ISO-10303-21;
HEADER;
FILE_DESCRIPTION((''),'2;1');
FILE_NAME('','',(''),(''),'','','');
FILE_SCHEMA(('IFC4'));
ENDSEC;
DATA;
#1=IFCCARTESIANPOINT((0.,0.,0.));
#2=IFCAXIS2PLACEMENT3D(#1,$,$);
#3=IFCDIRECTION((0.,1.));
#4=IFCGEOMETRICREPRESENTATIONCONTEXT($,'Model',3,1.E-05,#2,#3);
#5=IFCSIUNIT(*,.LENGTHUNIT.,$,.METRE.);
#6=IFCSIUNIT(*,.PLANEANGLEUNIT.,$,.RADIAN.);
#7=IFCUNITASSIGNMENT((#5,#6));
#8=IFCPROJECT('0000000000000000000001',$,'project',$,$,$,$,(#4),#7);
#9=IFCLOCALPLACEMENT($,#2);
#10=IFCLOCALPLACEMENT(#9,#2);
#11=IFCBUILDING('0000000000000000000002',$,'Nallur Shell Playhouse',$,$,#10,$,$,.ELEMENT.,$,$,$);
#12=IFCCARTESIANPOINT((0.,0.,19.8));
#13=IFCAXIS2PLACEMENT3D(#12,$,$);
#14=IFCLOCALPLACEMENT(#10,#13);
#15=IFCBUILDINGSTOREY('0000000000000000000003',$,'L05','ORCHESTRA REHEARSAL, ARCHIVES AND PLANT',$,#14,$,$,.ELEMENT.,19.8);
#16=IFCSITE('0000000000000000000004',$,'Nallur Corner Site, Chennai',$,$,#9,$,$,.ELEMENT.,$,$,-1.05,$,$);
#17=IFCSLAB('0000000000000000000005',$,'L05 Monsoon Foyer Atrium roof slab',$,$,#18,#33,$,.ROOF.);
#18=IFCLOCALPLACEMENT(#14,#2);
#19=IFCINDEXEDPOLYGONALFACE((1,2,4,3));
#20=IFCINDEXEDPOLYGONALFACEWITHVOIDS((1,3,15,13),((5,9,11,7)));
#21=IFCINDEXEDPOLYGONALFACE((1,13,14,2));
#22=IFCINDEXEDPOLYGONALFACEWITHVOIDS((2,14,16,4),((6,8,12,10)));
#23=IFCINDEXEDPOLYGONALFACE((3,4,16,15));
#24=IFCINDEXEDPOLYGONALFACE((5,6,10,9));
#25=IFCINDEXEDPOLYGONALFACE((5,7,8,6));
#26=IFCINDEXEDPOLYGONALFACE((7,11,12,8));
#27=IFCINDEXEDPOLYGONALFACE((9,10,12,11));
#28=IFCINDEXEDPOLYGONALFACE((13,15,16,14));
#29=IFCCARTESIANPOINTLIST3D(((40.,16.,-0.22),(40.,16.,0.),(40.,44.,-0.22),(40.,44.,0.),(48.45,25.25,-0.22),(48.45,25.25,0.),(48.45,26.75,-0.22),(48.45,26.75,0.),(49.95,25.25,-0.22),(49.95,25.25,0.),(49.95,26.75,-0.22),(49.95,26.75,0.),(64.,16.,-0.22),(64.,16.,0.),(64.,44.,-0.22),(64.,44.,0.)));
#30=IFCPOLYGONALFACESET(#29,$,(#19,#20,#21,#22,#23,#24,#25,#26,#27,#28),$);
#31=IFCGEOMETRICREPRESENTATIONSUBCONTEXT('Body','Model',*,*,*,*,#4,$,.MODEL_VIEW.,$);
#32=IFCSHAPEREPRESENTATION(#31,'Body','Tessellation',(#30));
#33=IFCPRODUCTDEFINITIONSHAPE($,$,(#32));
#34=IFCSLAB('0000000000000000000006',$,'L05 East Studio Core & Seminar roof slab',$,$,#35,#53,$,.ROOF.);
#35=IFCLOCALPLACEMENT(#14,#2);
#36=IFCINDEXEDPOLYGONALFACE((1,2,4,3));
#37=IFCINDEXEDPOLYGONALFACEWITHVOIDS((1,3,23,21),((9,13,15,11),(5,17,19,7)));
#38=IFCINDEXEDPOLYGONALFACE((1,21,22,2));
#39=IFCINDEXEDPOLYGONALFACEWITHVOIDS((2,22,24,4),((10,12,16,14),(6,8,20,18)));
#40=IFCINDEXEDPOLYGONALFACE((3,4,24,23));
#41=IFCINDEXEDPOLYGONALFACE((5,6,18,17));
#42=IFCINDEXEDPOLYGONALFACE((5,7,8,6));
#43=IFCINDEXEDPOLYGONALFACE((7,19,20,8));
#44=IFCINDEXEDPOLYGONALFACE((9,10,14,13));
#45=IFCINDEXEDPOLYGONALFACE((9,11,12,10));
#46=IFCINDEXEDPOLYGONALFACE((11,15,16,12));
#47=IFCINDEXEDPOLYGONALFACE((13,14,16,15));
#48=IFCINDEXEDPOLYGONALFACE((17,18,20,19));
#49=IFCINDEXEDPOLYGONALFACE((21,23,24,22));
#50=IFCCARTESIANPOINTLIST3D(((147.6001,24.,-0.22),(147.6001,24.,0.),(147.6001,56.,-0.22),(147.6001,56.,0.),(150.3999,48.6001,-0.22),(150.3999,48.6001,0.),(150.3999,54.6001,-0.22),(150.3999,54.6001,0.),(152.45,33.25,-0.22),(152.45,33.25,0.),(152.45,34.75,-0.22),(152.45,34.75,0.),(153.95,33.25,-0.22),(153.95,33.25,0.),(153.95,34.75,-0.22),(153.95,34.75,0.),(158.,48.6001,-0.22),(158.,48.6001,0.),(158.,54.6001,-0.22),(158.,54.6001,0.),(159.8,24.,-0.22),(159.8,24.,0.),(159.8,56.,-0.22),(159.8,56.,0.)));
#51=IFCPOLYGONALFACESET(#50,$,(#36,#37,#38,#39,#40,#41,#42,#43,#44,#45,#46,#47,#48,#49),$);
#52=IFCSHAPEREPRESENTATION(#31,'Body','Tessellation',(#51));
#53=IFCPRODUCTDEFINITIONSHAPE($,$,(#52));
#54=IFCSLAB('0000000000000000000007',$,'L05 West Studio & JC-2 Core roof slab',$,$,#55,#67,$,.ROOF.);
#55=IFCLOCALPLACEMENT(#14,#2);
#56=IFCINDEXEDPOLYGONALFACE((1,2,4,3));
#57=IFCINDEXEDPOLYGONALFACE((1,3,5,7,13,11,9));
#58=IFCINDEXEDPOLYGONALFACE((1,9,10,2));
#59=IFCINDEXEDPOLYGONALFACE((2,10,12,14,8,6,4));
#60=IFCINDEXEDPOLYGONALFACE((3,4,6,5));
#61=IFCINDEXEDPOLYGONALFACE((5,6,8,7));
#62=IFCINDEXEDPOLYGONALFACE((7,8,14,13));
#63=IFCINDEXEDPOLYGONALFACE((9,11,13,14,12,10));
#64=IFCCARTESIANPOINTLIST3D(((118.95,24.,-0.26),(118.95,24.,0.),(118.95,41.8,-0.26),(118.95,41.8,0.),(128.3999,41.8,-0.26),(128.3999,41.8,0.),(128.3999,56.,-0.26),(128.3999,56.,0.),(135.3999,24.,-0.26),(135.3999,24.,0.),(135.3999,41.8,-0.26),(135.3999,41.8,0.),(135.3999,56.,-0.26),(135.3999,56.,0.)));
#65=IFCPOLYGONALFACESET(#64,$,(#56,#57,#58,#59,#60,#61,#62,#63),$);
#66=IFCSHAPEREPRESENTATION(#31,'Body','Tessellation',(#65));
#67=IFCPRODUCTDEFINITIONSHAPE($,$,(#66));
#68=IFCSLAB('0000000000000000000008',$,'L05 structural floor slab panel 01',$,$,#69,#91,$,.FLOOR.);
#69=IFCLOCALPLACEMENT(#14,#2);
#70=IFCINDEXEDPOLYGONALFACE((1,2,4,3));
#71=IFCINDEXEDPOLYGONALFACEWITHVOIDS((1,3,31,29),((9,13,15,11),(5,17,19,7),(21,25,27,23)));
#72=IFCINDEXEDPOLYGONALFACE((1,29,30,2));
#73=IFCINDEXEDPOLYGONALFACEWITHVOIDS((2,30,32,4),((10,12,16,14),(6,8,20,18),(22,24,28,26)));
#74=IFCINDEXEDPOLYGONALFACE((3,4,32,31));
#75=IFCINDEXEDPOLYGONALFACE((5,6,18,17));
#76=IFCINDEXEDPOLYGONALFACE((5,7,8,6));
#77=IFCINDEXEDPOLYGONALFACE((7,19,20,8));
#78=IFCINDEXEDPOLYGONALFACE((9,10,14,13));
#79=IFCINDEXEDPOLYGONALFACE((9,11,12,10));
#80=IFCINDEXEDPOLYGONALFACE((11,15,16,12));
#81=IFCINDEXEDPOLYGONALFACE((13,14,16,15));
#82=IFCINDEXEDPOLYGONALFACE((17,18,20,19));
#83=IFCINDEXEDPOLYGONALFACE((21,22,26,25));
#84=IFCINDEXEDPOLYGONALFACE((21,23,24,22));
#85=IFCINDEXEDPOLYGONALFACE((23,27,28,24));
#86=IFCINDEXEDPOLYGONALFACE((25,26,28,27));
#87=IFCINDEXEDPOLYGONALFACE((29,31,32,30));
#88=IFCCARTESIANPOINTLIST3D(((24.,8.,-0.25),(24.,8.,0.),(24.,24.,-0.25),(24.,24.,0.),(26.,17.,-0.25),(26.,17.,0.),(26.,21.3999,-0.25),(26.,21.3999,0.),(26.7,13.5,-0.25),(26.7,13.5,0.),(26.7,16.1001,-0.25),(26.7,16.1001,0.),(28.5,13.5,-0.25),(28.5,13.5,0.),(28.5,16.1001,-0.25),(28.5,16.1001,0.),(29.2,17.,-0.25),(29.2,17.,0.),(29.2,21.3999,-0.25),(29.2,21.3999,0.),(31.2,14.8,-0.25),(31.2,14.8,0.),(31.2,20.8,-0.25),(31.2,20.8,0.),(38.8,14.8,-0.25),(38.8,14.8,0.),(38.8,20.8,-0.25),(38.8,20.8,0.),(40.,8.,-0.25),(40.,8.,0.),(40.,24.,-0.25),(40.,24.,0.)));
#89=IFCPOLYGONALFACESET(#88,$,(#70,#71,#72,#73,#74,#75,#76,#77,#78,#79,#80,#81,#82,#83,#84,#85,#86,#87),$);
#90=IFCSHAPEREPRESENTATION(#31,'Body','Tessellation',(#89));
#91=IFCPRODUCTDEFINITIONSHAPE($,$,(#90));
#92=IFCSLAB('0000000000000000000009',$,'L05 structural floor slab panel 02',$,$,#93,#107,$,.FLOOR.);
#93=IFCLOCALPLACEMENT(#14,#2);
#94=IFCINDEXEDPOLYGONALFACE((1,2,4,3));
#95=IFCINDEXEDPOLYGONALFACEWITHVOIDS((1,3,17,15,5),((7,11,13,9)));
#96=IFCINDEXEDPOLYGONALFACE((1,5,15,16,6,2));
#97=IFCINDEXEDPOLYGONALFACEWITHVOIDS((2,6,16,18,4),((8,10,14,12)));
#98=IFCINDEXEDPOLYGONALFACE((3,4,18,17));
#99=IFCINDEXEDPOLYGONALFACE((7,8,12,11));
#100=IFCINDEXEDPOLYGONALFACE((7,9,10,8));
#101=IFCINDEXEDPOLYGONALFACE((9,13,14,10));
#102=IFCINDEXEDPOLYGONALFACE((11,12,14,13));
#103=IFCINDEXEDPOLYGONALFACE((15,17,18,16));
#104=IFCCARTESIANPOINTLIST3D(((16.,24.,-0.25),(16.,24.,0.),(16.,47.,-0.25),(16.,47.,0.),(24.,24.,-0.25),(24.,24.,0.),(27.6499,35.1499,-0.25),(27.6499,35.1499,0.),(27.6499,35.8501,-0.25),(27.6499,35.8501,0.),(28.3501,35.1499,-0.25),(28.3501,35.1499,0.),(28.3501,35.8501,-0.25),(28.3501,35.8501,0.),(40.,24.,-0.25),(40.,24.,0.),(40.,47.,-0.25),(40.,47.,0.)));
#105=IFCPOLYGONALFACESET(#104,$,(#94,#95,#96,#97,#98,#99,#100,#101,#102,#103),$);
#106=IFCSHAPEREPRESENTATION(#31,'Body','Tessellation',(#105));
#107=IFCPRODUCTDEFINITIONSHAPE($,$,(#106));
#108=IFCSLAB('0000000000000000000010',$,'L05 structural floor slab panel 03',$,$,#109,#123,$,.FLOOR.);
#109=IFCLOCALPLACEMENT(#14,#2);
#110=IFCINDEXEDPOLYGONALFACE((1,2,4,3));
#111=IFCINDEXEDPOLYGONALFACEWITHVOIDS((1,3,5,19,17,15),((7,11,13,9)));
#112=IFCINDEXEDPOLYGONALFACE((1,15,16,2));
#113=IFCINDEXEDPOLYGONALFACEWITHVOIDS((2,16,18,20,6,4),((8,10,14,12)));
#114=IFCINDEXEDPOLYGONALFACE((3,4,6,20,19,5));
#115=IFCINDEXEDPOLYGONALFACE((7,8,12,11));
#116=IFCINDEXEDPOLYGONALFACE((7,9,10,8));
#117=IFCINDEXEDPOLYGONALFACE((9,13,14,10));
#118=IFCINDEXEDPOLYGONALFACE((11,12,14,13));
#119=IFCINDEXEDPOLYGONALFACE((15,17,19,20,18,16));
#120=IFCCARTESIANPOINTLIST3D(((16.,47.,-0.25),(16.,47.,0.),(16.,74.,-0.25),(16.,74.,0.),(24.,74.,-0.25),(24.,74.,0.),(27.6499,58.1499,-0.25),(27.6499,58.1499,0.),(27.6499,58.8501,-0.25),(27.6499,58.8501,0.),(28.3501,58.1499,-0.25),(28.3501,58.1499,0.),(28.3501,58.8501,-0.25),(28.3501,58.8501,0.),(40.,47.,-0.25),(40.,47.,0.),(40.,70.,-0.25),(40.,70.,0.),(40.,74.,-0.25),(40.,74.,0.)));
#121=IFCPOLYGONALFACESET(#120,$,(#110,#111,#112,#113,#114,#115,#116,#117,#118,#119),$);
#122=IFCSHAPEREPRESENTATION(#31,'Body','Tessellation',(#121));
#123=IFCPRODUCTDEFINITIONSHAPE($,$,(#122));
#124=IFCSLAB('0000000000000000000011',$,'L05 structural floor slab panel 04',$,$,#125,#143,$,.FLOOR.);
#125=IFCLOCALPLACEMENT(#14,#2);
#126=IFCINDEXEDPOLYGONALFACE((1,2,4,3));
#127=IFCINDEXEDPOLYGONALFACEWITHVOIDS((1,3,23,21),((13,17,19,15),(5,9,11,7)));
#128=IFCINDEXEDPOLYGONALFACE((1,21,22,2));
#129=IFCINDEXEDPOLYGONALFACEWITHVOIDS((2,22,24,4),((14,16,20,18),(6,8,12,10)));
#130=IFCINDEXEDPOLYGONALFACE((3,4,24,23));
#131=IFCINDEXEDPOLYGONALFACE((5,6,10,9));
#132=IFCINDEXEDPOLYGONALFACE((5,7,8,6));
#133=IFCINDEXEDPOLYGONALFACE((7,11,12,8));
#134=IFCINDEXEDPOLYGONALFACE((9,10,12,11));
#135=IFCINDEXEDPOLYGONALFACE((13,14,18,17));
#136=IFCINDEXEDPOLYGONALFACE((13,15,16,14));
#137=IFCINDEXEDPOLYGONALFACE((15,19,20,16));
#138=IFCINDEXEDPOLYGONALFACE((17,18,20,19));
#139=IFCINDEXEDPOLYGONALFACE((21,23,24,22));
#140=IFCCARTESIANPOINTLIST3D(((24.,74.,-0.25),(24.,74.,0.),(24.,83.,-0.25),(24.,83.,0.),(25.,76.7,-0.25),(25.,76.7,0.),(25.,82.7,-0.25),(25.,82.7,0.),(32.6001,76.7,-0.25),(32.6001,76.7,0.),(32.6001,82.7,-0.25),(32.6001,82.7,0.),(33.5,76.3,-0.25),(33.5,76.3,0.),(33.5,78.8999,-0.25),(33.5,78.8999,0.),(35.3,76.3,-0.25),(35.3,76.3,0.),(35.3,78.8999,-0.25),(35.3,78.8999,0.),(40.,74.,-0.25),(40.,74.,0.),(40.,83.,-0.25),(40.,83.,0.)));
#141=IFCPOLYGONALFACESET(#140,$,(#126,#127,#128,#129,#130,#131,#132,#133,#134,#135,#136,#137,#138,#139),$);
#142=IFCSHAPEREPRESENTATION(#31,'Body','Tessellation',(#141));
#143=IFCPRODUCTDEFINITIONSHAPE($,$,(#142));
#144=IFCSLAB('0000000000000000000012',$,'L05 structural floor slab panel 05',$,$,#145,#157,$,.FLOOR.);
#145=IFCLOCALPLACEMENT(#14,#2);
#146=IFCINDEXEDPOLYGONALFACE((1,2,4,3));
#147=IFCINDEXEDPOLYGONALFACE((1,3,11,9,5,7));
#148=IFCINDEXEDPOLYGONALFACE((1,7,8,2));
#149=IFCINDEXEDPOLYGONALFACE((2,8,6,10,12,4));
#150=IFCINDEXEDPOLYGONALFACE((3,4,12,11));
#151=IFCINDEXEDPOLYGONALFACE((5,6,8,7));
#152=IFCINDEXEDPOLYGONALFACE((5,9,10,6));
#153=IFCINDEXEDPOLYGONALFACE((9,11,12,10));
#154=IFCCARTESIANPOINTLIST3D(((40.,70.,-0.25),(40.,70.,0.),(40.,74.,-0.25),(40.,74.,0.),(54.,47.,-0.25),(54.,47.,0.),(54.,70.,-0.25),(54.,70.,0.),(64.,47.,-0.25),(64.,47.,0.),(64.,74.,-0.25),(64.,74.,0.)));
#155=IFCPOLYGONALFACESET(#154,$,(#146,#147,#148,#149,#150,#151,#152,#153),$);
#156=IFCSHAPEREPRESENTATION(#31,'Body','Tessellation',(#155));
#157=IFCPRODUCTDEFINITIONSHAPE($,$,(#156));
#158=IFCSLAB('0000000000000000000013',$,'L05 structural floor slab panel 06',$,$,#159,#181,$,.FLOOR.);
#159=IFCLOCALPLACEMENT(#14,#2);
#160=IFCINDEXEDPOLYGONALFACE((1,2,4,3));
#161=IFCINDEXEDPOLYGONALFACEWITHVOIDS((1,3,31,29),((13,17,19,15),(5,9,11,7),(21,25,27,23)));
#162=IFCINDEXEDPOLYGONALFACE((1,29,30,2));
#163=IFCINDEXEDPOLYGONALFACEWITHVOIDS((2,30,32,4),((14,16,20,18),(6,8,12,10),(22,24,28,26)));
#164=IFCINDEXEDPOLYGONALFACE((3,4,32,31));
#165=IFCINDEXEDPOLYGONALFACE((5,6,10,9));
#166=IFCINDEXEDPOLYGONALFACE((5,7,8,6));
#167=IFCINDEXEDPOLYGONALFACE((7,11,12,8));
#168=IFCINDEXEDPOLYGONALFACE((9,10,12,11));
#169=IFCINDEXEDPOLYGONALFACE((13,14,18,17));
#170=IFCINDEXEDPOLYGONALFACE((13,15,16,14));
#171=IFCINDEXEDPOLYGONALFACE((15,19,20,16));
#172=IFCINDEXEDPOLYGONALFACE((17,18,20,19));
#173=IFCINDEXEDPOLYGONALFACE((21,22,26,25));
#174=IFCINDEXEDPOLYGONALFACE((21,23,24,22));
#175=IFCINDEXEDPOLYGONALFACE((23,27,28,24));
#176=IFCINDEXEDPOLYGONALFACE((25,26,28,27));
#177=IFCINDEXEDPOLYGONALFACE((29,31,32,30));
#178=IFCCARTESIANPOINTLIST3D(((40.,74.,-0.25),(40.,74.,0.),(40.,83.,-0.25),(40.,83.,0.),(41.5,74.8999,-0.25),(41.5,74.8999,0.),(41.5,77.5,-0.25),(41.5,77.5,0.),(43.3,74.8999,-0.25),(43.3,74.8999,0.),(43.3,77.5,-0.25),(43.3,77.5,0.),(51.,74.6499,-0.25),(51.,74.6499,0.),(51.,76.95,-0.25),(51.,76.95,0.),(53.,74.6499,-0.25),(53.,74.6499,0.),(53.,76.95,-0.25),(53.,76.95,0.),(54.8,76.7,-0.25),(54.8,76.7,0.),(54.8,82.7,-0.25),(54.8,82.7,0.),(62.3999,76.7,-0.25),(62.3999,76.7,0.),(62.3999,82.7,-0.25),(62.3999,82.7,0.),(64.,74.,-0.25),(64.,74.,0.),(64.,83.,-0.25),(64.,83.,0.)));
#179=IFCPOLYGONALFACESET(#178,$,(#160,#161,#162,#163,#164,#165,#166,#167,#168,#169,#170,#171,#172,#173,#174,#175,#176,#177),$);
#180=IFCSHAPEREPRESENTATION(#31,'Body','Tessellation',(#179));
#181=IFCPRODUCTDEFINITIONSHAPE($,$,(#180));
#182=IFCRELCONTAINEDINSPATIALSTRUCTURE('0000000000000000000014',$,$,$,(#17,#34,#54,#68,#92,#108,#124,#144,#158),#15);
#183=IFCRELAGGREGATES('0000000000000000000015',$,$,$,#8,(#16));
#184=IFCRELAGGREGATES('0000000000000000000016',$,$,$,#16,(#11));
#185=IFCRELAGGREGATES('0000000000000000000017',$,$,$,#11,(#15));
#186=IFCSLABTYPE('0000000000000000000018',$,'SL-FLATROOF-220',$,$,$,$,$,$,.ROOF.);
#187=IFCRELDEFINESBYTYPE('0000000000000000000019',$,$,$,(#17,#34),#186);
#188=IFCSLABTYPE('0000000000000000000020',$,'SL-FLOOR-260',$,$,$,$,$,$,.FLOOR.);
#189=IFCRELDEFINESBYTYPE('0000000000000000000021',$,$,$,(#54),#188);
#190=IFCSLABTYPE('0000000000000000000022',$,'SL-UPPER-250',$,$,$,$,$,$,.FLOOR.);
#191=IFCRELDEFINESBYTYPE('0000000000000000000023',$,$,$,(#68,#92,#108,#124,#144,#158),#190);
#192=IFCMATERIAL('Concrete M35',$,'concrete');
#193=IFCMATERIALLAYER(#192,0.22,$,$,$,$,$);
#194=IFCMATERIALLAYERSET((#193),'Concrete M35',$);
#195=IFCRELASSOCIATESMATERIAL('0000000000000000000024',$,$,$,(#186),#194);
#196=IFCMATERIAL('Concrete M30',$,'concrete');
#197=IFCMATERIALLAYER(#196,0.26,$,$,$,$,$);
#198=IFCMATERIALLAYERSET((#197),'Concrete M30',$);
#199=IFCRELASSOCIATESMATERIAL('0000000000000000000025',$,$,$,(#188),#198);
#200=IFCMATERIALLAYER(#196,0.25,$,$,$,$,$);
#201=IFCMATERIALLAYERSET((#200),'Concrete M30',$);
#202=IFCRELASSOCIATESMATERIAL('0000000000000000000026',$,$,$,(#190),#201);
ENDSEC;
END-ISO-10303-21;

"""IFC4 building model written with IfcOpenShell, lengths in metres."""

from ifc_helpers import new_model, si_unit, direction, frame, origin, place, context, subcontext, project, spatial, polyline, outline, extrude, material, layer, layer_set, type_object, element, save


model = new_model("IFC4")

# Units and contexts
model_context = context("Model", 3, precision=1e-05, world=origin(), true_north=direction((0.0, 1.0)))
body_context = subcontext(model_context, "Body", "Model", "MODEL_VIEW")
ifc_project = project(units=[si_unit("LENGTHUNIT", "METRE"), si_unit("PLANEANGLEUNIT", "RADIAN")], contexts=[model_context])

# Site, building, storey
site_placement = place(None, origin())
site = spatial("IfcSite", under=ifc_project, at=site_placement, Name="Nallur Corner Site, Chennai", CompositionType="ELEMENT", RefElevation=-1.05)
building_placement = place(site_placement, origin())
building = spatial("IfcBuilding", under=site, at=building_placement, Name="Nallur Shell Playhouse", CompositionType="ELEMENT")
storey_placement = place(building_placement, frame((0.0, 0.0, 19.8)))
storey = spatial("IfcBuildingStorey", under=building, at=storey_placement, Name="L05", Description="ORCHESTRA REHEARSAL, ARCHIVES AND PLANT", CompositionType="ELEMENT", Elevation=19.8)

# Slabs
ifc_material_1 = material(Name="Concrete M35", Category="concrete")
ifc_layer_1 = layer(ifc_material_1, 0.22)
ifc_layer_set_1 = layer_set([ifc_layer_1], Name="Concrete M35")
slab_type_1 = type_object("IfcSlabType", Name="SL-FLATROOF-220", PredefinedType="ROOF", material=ifc_layer_set_1)
slab_1_placement = place(storey_placement, frame((0.0, 0.0, -0.22)))
element("IfcSlab", 1, at=slab_1_placement, inside=storey, type_object=slab_type_1, Name="L05 Monsoon Foyer Atrium roof slab", PredefinedType="ROOF", context=body_context, shape_type="SweptSolid", body=[
    extrude(outline(polyline([(40.0, 16.0), (40.0, 44.0), (64.0, 44.0), (64.0, 16.0), (40.0, 16.0)]), holes=[polyline([(48.45, 26.75), (48.45, 25.25), (49.95, 25.25), (49.95, 26.75), (48.45, 26.75)])]), origin(), (0.0, 0.0, 1.0), 0.22),
])
slab_2_placement = place(storey_placement, frame((0.0, 0.0, -0.22)))
element("IfcSlab", 2, at=slab_2_placement, inside=storey, type_object=slab_type_1, Name="L05 East Studio Core & Seminar roof slab", PredefinedType="ROOF", context=body_context, shape_type="SweptSolid", body=[
    extrude(outline(polyline([(147.6001, 24.0), (147.6001, 56.0), (159.8, 56.0), (159.8, 24.0), (147.6001, 24.0)]), holes=[polyline([(152.45, 34.75), (152.45, 33.25), (153.95, 33.25), (153.95, 34.75), (152.45, 34.75)]), polyline([(158.0, 54.6001), (150.3999, 54.6001), (150.3999, 48.6001), (158.0, 48.6001), (158.0, 54.6001)])]), origin(), (0.0, 0.0, 1.0), 0.22),
])
ifc_material_2 = material(Name="Concrete M30", Category="concrete")
ifc_layer_2 = layer(ifc_material_2, 0.26)
ifc_layer_set_2 = layer_set([ifc_layer_2], Name="Concrete M30")
slab_type_2 = type_object("IfcSlabType", Name="SL-FLOOR-260", PredefinedType="FLOOR", material=ifc_layer_set_2)
slab_3_placement = place(storey_placement, frame((0.0, 0.0, -0.26)))
element("IfcSlab", 3, at=slab_3_placement, inside=storey, type_object=slab_type_2, Name="L05 West Studio & JC-2 Core roof slab", PredefinedType="ROOF", context=body_context, shape_type="SweptSolid", body=[
    extrude(outline(polyline([(135.3999, 24.0), (118.95, 24.0), (118.95, 41.8), (128.3999, 41.8), (128.3999, 56.0), (135.3999, 56.0), (135.3999, 41.8), (135.3999, 24.0)])), origin(), (0.0, 0.0, 1.0), 0.26),
])
ifc_layer_3 = layer(ifc_material_2, 0.25)
ifc_layer_set_3 = layer_set([ifc_layer_3], Name="Concrete M30")
slab_type_3 = type_object("IfcSlabType", Name="SL-UPPER-250", PredefinedType="FLOOR", material=ifc_layer_set_3)
slab_4_placement = place(storey_placement, frame((0.0, 0.0, -0.25)))
element("IfcSlab", 4, at=slab_4_placement, inside=storey, type_object=slab_type_3, Name="L05 structural floor slab panel 01", PredefinedType="FLOOR", context=body_context, shape_type="SweptSolid", body=[
    extrude(outline(polyline([(40.0, 8.0), (24.0, 8.0), (24.0, 24.0), (40.0, 24.0), (40.0, 8.0)]), holes=[polyline([(26.7, 16.1001), (26.7, 13.5), (28.5, 13.5), (28.5, 16.1001), (26.7, 16.1001)]), polyline([(38.8, 20.8), (31.2, 20.8), (31.2, 14.8), (38.8, 14.8), (38.8, 20.8)]), polyline([(26.0, 21.3999), (26.0, 17.0), (29.2, 17.0), (29.2, 21.3999), (26.0, 21.3999)])]), origin(), (0.0, 0.0, 1.0), 0.25),
])
slab_5_placement = place(storey_placement, frame((0.0, 0.0, -0.25)))
element("IfcSlab", 5, at=slab_5_placement, inside=storey, type_object=slab_type_3, Name="L05 structural floor slab panel 02", PredefinedType="FLOOR", context=body_context, shape_type="SweptSolid", body=[
    extrude(outline(polyline([(40.0, 24.0), (24.0, 24.0), (16.0, 24.0), (16.0, 47.0), (40.0, 47.0), (40.0, 24.0)]), holes=[polyline([(27.6499, 35.1499), (28.3501, 35.1499), (28.3501, 35.8501), (27.6499, 35.8501), (27.6499, 35.1499)])]), origin(), (0.0, 0.0, 1.0), 0.25),
])
slab_6_placement = place(storey_placement, frame((0.0, 0.0, -0.25)))
element("IfcSlab", 6, at=slab_6_placement, inside=storey, type_object=slab_type_3, Name="L05 structural floor slab panel 03", PredefinedType="FLOOR", context=body_context, shape_type="SweptSolid", body=[
    extrude(outline(polyline([(24.0, 74.0), (40.0, 74.0), (40.0, 70.0), (40.0, 47.0), (16.0, 47.0), (16.0, 74.0), (24.0, 74.0)]), holes=[polyline([(27.6499, 58.1499), (28.3501, 58.1499), (28.3501, 58.8501), (27.6499, 58.8501), (27.6499, 58.1499)])]), origin(), (0.0, 0.0, 1.0), 0.25),
])
slab_7_placement = place(storey_placement, frame((0.0, 0.0, -0.25)))
element("IfcSlab", 7, at=slab_7_placement, inside=storey, type_object=slab_type_3, Name="L05 structural floor slab panel 04", PredefinedType="FLOOR", context=body_context, shape_type="SweptSolid", body=[
    extrude(outline(polyline([(24.0, 83.0), (40.0, 83.0), (40.0, 74.0), (24.0, 74.0), (24.0, 83.0)]), holes=[polyline([(33.5, 78.8999), (33.5, 76.3), (35.3, 76.3), (35.3, 78.8999), (33.5, 78.8999)]), polyline([(32.6001, 82.7), (25.0, 82.7), (25.0, 76.7), (32.6001, 76.7), (32.6001, 82.7)])]), origin(), (0.0, 0.0, 1.0), 0.25),
])
slab_8_placement = place(storey_placement, frame((0.0, 0.0, -0.25)))
element("IfcSlab", 8, at=slab_8_placement, inside=storey, type_object=slab_type_3, Name="L05 structural floor slab panel 05", PredefinedType="FLOOR", context=body_context, shape_type="SweptSolid", body=[
    extrude(outline(polyline([(54.0, 47.0), (54.0, 70.0), (40.0, 70.0), (40.0, 74.0), (64.0, 74.0), (64.0, 47.0), (54.0, 47.0)])), origin(), (0.0, 0.0, 1.0), 0.25),
])
slab_9_placement = place(storey_placement, frame((0.0, 0.0, -0.25)))
element("IfcSlab", 9, at=slab_9_placement, inside=storey, type_object=slab_type_3, Name="L05 structural floor slab panel 06", PredefinedType="FLOOR", context=body_context, shape_type="SweptSolid", body=[
    extrude(outline(polyline([(64.0, 83.0), (64.0, 74.0), (40.0, 74.0), (40.0, 83.0), (64.0, 83.0)]), holes=[polyline([(51.0, 76.95), (51.0, 74.6499), (53.0, 74.6499), (53.0, 76.95), (51.0, 76.95)]), polyline([(41.5, 77.5), (41.5, 74.8999), (43.3, 74.8999), (43.3, 77.5), (41.5, 77.5)]), polyline([(62.3999, 82.7), (54.8, 82.7), (54.8, 76.7), (62.3999, 76.7), (62.3999, 82.7)])]), origin(), (0.0, 0.0, 1.0), 0.25),
])

save(model, "model.ifc")
